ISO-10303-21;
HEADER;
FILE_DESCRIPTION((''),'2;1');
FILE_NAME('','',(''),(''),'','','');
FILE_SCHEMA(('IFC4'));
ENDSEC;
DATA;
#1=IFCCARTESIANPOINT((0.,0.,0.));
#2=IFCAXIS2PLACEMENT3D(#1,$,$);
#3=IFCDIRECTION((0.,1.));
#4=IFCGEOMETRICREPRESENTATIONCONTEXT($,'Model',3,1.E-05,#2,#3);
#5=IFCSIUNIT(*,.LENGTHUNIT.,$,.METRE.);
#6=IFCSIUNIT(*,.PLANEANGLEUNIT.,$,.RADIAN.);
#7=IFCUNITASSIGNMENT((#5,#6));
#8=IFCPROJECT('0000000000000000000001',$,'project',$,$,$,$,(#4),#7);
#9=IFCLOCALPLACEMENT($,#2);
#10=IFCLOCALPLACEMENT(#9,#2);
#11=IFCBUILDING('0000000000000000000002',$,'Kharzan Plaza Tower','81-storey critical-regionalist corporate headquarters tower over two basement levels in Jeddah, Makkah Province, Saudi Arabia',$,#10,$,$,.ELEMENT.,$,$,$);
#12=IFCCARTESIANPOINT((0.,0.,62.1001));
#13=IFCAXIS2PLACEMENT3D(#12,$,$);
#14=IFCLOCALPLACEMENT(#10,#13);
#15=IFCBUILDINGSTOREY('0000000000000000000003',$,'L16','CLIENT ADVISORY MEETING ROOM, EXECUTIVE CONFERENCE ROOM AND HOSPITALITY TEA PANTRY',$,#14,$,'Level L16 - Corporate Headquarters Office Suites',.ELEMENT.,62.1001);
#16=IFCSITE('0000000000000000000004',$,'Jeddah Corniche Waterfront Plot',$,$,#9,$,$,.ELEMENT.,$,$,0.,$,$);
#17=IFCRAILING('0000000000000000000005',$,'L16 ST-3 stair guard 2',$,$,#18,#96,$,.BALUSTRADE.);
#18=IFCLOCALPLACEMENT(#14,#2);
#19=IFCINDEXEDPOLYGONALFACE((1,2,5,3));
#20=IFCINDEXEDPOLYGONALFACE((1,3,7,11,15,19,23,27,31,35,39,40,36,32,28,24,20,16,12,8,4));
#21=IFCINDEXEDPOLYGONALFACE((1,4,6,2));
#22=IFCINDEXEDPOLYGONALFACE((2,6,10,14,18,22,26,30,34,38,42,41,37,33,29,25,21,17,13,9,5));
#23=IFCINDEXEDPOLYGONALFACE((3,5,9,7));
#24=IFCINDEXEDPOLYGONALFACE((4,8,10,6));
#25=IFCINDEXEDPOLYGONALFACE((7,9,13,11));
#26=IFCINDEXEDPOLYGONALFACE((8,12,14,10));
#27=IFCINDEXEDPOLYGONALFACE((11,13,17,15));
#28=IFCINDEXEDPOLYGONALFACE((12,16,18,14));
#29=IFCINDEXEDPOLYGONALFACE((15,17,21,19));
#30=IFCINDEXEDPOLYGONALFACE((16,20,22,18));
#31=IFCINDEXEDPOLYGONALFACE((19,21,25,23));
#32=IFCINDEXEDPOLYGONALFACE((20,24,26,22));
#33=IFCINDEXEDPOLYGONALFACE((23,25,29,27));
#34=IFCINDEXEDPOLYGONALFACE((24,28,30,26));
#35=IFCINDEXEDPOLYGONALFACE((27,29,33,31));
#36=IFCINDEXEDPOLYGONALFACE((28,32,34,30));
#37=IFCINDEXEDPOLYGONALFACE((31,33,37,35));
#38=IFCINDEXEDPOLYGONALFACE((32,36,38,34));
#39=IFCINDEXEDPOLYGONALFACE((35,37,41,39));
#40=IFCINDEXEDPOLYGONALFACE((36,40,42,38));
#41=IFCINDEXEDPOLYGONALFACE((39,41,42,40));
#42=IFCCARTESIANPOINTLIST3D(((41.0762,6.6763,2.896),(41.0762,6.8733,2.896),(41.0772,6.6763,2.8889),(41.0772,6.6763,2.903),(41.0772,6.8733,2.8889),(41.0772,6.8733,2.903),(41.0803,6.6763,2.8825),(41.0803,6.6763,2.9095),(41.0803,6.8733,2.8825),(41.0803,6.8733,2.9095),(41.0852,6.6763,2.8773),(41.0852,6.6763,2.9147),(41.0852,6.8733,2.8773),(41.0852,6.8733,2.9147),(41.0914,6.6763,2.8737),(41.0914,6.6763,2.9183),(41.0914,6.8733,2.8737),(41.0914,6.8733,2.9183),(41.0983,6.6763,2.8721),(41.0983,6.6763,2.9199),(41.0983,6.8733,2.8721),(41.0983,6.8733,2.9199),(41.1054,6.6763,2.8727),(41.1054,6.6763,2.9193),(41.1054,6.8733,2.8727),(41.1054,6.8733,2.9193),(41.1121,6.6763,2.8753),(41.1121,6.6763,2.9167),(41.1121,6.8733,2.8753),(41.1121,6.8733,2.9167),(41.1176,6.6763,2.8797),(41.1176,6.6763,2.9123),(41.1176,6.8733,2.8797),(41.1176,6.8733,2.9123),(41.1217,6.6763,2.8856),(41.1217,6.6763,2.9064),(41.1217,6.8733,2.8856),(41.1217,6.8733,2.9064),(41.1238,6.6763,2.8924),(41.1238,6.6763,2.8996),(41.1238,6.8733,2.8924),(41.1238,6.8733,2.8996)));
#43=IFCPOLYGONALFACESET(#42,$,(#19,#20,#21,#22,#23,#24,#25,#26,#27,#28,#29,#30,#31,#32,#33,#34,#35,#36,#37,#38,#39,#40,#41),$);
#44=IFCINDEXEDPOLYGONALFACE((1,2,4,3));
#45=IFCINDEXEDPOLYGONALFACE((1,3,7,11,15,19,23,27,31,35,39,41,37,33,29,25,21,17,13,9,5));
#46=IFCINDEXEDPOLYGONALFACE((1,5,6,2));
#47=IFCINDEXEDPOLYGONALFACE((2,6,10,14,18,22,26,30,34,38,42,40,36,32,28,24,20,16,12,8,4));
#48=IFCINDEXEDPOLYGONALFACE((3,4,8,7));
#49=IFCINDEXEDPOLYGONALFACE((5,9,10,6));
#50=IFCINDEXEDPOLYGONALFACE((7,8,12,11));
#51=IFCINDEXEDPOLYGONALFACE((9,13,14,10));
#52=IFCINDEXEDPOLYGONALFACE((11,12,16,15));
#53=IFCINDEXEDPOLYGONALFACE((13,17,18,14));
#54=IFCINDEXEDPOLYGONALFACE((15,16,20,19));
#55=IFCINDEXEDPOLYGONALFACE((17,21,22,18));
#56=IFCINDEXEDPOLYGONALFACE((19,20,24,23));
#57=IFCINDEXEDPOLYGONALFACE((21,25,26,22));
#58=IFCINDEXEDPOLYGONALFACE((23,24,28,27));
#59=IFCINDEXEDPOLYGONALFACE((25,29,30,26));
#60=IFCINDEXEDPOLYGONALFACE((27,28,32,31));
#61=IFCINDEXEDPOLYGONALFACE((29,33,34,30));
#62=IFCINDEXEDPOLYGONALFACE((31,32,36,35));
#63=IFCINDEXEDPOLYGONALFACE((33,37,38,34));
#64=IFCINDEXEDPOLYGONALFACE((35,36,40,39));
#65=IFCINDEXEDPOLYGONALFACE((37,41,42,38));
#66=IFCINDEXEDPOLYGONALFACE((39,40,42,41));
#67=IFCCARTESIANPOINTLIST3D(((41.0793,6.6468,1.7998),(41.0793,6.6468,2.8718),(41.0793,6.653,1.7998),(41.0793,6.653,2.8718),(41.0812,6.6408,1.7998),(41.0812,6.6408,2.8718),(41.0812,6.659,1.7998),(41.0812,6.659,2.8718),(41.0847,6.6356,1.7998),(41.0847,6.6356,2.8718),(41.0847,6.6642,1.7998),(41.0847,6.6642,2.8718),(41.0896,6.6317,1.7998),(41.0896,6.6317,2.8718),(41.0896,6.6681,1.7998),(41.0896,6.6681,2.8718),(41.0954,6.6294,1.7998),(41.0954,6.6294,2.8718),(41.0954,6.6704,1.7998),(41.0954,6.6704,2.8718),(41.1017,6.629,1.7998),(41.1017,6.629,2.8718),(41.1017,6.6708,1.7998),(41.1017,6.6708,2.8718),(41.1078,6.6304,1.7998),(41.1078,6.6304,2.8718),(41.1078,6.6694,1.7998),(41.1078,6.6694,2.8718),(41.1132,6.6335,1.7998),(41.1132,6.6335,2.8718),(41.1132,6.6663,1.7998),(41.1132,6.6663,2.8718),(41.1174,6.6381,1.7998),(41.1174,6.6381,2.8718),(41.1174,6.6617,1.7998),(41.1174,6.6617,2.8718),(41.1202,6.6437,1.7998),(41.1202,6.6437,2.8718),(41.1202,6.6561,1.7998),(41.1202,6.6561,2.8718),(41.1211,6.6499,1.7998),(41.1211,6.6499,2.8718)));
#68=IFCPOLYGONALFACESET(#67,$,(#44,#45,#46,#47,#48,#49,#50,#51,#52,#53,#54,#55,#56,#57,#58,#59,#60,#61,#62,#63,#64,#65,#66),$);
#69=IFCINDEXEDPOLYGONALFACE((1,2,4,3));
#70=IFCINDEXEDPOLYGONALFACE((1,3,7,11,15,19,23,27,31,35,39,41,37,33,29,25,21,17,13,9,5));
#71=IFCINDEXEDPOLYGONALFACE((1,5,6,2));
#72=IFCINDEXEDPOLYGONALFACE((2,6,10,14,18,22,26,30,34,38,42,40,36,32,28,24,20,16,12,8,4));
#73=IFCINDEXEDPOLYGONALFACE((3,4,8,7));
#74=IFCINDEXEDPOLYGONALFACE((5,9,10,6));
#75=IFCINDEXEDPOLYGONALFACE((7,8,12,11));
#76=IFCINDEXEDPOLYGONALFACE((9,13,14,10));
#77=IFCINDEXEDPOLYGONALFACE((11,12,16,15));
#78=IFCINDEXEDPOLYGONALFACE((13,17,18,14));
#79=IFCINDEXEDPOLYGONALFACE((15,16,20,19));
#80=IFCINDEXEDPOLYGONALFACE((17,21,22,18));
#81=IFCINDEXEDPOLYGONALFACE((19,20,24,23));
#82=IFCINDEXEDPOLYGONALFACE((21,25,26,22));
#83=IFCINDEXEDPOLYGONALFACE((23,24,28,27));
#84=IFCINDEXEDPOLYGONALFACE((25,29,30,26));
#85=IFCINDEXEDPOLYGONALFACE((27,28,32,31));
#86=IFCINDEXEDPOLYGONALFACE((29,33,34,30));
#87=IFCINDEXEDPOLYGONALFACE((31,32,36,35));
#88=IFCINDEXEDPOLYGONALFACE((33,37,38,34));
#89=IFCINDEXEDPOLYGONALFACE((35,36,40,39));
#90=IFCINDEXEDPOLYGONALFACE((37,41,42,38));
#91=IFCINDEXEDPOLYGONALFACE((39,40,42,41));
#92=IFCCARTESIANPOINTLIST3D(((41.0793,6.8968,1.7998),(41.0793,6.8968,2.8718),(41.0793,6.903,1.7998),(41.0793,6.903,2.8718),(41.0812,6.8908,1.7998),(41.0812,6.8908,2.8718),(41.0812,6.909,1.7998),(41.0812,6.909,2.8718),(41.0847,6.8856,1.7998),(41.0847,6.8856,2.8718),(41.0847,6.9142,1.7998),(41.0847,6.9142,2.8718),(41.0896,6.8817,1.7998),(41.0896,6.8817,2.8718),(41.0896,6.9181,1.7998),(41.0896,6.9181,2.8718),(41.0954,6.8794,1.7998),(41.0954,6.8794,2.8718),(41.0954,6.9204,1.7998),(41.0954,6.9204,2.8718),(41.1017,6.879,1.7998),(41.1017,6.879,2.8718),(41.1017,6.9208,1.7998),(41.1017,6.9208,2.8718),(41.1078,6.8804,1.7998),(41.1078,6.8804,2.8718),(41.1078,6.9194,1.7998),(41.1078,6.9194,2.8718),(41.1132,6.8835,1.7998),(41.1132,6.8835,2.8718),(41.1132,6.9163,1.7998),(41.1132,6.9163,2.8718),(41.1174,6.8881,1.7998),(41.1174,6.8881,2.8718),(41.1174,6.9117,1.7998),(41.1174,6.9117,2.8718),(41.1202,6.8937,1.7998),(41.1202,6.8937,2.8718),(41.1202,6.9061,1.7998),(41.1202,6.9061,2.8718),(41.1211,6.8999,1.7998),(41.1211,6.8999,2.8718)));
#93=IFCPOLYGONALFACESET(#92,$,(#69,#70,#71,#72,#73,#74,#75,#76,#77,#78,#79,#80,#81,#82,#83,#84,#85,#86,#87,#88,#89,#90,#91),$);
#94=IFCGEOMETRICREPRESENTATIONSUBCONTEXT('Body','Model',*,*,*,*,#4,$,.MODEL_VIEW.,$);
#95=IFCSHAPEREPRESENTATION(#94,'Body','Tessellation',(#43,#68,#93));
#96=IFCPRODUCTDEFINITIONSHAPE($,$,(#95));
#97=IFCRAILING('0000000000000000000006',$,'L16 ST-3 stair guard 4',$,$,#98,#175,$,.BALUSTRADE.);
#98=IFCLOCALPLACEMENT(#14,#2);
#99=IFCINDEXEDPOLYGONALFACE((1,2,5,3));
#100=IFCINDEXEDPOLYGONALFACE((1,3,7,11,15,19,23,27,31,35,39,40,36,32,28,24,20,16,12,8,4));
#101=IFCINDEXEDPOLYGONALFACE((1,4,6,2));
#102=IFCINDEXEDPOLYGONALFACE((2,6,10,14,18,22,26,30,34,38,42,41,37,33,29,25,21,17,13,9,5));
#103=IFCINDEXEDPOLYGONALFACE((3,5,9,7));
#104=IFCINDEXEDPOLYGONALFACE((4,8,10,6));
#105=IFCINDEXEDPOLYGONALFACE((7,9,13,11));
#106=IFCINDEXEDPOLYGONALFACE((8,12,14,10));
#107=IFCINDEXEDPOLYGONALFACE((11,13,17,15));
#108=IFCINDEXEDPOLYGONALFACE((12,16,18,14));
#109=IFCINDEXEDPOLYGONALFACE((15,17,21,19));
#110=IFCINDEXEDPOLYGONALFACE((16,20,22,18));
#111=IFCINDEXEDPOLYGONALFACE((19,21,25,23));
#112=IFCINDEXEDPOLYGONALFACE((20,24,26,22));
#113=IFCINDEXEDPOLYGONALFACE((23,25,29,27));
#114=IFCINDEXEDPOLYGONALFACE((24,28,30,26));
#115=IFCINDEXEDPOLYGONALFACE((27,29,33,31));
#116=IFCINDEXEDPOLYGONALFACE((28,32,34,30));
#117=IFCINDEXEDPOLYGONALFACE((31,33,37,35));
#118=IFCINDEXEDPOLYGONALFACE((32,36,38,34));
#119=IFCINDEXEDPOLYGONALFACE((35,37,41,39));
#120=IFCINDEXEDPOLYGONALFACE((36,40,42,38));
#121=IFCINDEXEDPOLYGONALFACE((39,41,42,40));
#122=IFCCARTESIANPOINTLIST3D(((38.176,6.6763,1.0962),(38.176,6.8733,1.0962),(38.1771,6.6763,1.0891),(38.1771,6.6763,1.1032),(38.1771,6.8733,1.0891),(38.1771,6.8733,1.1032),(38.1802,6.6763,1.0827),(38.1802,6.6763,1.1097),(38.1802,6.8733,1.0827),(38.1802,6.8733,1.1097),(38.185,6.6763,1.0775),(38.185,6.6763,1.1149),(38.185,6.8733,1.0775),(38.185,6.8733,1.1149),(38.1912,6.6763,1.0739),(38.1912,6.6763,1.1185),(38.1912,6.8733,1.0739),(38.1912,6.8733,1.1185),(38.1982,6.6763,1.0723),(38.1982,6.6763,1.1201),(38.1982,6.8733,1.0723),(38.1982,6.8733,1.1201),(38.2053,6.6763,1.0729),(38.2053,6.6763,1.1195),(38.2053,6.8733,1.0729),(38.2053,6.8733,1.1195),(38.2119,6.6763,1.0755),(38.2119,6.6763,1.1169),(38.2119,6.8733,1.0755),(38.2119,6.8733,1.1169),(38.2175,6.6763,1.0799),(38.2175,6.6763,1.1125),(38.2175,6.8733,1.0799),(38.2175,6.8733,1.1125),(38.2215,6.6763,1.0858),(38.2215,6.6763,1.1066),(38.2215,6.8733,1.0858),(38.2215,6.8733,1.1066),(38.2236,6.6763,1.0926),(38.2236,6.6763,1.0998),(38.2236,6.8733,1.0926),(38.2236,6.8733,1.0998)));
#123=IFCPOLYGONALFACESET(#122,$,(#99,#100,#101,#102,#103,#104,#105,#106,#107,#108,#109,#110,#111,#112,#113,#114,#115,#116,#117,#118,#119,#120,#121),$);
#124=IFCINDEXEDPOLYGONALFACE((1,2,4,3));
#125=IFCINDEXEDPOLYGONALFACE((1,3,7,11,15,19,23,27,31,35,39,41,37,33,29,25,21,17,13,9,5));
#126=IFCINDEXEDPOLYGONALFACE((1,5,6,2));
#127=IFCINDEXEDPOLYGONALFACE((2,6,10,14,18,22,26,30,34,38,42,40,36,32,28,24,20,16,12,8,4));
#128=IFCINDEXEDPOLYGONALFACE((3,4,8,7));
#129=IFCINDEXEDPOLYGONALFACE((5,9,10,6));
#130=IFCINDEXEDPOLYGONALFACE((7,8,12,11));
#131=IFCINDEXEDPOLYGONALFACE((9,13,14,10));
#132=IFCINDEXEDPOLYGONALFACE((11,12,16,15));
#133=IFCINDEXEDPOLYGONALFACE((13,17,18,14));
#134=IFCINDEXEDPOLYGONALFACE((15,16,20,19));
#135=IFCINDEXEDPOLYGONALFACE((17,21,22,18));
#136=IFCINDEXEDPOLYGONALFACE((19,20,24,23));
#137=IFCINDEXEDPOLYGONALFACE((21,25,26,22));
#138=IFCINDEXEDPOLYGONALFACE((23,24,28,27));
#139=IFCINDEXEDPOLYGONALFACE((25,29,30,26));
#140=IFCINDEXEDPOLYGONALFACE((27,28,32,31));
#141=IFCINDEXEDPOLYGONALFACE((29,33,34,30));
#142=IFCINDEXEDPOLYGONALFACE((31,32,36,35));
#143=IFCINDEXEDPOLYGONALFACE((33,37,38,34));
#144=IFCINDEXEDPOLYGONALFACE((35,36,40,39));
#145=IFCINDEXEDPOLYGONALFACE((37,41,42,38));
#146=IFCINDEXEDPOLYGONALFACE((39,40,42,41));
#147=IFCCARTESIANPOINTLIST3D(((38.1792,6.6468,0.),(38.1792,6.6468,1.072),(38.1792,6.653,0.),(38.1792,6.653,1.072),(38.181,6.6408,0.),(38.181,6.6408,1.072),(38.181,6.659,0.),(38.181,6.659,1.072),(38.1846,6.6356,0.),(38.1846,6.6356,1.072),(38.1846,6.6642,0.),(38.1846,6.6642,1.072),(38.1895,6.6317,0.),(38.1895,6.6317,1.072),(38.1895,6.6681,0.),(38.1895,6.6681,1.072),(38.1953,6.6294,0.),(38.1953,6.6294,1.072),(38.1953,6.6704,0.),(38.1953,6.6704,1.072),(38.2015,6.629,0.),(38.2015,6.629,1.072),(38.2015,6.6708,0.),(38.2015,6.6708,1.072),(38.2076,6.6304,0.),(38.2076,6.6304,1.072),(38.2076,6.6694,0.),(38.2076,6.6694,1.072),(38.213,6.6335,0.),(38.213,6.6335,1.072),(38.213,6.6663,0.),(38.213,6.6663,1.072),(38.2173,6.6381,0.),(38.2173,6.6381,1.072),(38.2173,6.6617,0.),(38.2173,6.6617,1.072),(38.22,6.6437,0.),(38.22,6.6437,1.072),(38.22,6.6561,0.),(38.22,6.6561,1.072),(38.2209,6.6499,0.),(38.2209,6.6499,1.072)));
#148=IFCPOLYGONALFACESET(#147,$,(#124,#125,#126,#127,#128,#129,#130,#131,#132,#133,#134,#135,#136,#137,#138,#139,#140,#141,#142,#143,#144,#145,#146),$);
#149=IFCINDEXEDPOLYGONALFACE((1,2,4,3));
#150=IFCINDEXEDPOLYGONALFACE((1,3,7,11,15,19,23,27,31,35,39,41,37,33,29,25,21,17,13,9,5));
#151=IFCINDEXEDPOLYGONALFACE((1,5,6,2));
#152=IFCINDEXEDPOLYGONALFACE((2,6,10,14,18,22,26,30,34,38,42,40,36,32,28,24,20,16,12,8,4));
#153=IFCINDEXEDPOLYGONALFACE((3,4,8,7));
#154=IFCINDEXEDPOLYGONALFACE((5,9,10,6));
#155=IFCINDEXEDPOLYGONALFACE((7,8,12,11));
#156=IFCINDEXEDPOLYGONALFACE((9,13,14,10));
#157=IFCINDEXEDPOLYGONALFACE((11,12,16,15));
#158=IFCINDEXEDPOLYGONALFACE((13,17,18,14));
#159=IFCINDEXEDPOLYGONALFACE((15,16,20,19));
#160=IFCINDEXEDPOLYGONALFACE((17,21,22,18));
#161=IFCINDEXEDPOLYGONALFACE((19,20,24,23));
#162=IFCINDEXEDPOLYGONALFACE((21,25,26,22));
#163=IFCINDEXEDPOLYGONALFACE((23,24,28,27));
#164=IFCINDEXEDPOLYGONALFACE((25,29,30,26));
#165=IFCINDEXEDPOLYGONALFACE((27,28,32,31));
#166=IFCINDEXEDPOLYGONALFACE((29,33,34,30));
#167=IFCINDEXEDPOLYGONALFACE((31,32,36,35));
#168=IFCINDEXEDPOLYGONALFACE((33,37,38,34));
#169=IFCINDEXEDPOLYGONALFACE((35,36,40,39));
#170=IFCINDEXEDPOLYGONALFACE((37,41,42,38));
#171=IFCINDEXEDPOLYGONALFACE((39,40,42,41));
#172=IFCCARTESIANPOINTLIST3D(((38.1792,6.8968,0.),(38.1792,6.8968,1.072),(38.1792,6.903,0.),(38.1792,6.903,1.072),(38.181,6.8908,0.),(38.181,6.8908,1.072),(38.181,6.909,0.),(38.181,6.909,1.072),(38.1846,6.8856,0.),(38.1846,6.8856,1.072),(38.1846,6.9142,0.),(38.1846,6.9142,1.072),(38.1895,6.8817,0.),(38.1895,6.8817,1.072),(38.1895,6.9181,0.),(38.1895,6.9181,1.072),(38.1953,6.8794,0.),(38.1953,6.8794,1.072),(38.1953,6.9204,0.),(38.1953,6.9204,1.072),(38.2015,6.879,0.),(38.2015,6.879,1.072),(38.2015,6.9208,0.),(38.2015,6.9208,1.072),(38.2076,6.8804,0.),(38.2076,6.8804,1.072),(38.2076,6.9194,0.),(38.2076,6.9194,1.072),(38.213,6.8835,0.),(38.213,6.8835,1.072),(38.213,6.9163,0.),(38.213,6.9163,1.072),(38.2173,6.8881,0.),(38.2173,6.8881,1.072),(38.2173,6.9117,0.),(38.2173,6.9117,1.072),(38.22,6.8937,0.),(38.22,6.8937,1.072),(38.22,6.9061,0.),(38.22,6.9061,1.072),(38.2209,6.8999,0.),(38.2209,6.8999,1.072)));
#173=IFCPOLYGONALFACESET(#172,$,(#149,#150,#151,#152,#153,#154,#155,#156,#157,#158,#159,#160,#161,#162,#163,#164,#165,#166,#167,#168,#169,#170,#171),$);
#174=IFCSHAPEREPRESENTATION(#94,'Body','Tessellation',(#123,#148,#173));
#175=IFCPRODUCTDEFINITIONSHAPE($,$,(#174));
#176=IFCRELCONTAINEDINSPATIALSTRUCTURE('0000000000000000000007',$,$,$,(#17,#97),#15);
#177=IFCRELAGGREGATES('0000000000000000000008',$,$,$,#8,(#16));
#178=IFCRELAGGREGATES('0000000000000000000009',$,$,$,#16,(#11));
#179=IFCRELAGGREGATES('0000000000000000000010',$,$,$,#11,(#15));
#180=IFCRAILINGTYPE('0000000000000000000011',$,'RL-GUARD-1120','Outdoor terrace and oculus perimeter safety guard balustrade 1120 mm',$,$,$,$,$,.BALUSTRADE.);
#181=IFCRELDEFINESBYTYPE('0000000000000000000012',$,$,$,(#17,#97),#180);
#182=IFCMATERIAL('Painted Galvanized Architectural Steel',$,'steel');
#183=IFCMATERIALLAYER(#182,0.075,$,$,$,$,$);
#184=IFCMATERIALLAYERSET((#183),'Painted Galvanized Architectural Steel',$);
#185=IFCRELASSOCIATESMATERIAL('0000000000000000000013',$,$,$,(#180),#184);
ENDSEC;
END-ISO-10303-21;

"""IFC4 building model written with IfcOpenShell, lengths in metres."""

from ifc_helpers import new_model, si_unit, direction, frame, origin, origin_2d, place, context, subcontext, project, spatial, circle, extrude, source, transform, mapped, material, layer, layer_set, type_object, element, save


model = new_model("IFC4")

# Units and contexts
model_context = context("Model", 3, precision=1e-05, world=origin(), true_north=direction((0.0, 1.0)))
body_context = subcontext(model_context, "Body", "Model", "MODEL_VIEW")
ifc_project = project(units=[si_unit("LENGTHUNIT", "METRE"), si_unit("PLANEANGLEUNIT", "RADIAN")], contexts=[model_context])

# Site, building, storey
site_placement = place(None, origin())
site = spatial("IfcSite", under=ifc_project, at=site_placement, Name="Jeddah Corniche Waterfront Plot", CompositionType="ELEMENT", RefElevation=0.0)
building_placement = place(site_placement, origin())
building = spatial("IfcBuilding", under=site, at=building_placement, Name="Kharzan Plaza Tower", Description="81-storey critical-regionalist corporate headquarters tower over two basement levels in Jeddah, Makkah Province, Saudi Arabia", CompositionType="ELEMENT")
storey_placement = place(building_placement, frame((0.0, 0.0, 62.1001)))
storey = spatial("IfcBuildingStorey", under=building, at=storey_placement, Name="L16", Description="CLIENT ADVISORY MEETING ROOM, EXECUTIVE CONFERENCE ROOM AND HOSPITALITY TEA PANTRY", LongName="Level L16 - Corporate Headquarters Office Suites", CompositionType="ELEMENT", Elevation=62.1001)

# Railings
ifc_material_1 = material(Name="Painted Galvanized Architectural Steel", Category="steel")
ifc_layer_1 = layer(ifc_material_1, 0.075)
ifc_layer_set_1 = layer_set([ifc_layer_1], Name="Painted Galvanized Architectural Steel")
railing_type_1 = type_object("IfcRailingType", Name="RL-GUARD-1120", Description="Outdoor terrace and oculus perimeter safety guard balustrade 1120 mm", PredefinedType="BALUSTRADE", material=ifc_layer_set_1)
shared_shape_1 = source(origin(), body_context, "Body", "SweptSolid", [
    extrude(circle(Radius=0.0239, at=origin_2d()), frame((0.0, 0.0264, 1.0962), z_axis=(0.0, 1.0, 0.0), x_axis=(-1.0, 0.0, 0.0)), (0.0, 0.0, 1.0), 0.197),
    extrude(circle(Radius=0.021, at=origin_2d()), origin(), (0.0, 0.0, 1.0), 1.072),
    extrude(circle(Radius=0.021, at=origin_2d()), frame((0.0, 0.25, 0.0)), (0.0, 0.0, 1.0), 1.072),
])
for number, where, name in (
    (1, (41.1001, 6.6499, 1.7998), "L16 ST-3 stair guard 2"),
    (2, (38.2, 6.6499, 0.0), "L16 ST-3 stair guard 4"),
):
    element("IfcRailing", number, at=place(storey_placement, frame(where)), inside=storey, type_object=railing_type_1, Name=name, PredefinedType="BALUSTRADE", context=body_context, shape_type="MappedRepresentation", body=[
        mapped(shared_shape_1, transform((0.0, 0.0, 0.0), x_axis=(1.0, 0.0, 0.0), y_axis=(0.0, 1.0, 0.0), z_axis=(0.0, 0.0, 1.0))),
    ])

save(model, "model.ifc")
